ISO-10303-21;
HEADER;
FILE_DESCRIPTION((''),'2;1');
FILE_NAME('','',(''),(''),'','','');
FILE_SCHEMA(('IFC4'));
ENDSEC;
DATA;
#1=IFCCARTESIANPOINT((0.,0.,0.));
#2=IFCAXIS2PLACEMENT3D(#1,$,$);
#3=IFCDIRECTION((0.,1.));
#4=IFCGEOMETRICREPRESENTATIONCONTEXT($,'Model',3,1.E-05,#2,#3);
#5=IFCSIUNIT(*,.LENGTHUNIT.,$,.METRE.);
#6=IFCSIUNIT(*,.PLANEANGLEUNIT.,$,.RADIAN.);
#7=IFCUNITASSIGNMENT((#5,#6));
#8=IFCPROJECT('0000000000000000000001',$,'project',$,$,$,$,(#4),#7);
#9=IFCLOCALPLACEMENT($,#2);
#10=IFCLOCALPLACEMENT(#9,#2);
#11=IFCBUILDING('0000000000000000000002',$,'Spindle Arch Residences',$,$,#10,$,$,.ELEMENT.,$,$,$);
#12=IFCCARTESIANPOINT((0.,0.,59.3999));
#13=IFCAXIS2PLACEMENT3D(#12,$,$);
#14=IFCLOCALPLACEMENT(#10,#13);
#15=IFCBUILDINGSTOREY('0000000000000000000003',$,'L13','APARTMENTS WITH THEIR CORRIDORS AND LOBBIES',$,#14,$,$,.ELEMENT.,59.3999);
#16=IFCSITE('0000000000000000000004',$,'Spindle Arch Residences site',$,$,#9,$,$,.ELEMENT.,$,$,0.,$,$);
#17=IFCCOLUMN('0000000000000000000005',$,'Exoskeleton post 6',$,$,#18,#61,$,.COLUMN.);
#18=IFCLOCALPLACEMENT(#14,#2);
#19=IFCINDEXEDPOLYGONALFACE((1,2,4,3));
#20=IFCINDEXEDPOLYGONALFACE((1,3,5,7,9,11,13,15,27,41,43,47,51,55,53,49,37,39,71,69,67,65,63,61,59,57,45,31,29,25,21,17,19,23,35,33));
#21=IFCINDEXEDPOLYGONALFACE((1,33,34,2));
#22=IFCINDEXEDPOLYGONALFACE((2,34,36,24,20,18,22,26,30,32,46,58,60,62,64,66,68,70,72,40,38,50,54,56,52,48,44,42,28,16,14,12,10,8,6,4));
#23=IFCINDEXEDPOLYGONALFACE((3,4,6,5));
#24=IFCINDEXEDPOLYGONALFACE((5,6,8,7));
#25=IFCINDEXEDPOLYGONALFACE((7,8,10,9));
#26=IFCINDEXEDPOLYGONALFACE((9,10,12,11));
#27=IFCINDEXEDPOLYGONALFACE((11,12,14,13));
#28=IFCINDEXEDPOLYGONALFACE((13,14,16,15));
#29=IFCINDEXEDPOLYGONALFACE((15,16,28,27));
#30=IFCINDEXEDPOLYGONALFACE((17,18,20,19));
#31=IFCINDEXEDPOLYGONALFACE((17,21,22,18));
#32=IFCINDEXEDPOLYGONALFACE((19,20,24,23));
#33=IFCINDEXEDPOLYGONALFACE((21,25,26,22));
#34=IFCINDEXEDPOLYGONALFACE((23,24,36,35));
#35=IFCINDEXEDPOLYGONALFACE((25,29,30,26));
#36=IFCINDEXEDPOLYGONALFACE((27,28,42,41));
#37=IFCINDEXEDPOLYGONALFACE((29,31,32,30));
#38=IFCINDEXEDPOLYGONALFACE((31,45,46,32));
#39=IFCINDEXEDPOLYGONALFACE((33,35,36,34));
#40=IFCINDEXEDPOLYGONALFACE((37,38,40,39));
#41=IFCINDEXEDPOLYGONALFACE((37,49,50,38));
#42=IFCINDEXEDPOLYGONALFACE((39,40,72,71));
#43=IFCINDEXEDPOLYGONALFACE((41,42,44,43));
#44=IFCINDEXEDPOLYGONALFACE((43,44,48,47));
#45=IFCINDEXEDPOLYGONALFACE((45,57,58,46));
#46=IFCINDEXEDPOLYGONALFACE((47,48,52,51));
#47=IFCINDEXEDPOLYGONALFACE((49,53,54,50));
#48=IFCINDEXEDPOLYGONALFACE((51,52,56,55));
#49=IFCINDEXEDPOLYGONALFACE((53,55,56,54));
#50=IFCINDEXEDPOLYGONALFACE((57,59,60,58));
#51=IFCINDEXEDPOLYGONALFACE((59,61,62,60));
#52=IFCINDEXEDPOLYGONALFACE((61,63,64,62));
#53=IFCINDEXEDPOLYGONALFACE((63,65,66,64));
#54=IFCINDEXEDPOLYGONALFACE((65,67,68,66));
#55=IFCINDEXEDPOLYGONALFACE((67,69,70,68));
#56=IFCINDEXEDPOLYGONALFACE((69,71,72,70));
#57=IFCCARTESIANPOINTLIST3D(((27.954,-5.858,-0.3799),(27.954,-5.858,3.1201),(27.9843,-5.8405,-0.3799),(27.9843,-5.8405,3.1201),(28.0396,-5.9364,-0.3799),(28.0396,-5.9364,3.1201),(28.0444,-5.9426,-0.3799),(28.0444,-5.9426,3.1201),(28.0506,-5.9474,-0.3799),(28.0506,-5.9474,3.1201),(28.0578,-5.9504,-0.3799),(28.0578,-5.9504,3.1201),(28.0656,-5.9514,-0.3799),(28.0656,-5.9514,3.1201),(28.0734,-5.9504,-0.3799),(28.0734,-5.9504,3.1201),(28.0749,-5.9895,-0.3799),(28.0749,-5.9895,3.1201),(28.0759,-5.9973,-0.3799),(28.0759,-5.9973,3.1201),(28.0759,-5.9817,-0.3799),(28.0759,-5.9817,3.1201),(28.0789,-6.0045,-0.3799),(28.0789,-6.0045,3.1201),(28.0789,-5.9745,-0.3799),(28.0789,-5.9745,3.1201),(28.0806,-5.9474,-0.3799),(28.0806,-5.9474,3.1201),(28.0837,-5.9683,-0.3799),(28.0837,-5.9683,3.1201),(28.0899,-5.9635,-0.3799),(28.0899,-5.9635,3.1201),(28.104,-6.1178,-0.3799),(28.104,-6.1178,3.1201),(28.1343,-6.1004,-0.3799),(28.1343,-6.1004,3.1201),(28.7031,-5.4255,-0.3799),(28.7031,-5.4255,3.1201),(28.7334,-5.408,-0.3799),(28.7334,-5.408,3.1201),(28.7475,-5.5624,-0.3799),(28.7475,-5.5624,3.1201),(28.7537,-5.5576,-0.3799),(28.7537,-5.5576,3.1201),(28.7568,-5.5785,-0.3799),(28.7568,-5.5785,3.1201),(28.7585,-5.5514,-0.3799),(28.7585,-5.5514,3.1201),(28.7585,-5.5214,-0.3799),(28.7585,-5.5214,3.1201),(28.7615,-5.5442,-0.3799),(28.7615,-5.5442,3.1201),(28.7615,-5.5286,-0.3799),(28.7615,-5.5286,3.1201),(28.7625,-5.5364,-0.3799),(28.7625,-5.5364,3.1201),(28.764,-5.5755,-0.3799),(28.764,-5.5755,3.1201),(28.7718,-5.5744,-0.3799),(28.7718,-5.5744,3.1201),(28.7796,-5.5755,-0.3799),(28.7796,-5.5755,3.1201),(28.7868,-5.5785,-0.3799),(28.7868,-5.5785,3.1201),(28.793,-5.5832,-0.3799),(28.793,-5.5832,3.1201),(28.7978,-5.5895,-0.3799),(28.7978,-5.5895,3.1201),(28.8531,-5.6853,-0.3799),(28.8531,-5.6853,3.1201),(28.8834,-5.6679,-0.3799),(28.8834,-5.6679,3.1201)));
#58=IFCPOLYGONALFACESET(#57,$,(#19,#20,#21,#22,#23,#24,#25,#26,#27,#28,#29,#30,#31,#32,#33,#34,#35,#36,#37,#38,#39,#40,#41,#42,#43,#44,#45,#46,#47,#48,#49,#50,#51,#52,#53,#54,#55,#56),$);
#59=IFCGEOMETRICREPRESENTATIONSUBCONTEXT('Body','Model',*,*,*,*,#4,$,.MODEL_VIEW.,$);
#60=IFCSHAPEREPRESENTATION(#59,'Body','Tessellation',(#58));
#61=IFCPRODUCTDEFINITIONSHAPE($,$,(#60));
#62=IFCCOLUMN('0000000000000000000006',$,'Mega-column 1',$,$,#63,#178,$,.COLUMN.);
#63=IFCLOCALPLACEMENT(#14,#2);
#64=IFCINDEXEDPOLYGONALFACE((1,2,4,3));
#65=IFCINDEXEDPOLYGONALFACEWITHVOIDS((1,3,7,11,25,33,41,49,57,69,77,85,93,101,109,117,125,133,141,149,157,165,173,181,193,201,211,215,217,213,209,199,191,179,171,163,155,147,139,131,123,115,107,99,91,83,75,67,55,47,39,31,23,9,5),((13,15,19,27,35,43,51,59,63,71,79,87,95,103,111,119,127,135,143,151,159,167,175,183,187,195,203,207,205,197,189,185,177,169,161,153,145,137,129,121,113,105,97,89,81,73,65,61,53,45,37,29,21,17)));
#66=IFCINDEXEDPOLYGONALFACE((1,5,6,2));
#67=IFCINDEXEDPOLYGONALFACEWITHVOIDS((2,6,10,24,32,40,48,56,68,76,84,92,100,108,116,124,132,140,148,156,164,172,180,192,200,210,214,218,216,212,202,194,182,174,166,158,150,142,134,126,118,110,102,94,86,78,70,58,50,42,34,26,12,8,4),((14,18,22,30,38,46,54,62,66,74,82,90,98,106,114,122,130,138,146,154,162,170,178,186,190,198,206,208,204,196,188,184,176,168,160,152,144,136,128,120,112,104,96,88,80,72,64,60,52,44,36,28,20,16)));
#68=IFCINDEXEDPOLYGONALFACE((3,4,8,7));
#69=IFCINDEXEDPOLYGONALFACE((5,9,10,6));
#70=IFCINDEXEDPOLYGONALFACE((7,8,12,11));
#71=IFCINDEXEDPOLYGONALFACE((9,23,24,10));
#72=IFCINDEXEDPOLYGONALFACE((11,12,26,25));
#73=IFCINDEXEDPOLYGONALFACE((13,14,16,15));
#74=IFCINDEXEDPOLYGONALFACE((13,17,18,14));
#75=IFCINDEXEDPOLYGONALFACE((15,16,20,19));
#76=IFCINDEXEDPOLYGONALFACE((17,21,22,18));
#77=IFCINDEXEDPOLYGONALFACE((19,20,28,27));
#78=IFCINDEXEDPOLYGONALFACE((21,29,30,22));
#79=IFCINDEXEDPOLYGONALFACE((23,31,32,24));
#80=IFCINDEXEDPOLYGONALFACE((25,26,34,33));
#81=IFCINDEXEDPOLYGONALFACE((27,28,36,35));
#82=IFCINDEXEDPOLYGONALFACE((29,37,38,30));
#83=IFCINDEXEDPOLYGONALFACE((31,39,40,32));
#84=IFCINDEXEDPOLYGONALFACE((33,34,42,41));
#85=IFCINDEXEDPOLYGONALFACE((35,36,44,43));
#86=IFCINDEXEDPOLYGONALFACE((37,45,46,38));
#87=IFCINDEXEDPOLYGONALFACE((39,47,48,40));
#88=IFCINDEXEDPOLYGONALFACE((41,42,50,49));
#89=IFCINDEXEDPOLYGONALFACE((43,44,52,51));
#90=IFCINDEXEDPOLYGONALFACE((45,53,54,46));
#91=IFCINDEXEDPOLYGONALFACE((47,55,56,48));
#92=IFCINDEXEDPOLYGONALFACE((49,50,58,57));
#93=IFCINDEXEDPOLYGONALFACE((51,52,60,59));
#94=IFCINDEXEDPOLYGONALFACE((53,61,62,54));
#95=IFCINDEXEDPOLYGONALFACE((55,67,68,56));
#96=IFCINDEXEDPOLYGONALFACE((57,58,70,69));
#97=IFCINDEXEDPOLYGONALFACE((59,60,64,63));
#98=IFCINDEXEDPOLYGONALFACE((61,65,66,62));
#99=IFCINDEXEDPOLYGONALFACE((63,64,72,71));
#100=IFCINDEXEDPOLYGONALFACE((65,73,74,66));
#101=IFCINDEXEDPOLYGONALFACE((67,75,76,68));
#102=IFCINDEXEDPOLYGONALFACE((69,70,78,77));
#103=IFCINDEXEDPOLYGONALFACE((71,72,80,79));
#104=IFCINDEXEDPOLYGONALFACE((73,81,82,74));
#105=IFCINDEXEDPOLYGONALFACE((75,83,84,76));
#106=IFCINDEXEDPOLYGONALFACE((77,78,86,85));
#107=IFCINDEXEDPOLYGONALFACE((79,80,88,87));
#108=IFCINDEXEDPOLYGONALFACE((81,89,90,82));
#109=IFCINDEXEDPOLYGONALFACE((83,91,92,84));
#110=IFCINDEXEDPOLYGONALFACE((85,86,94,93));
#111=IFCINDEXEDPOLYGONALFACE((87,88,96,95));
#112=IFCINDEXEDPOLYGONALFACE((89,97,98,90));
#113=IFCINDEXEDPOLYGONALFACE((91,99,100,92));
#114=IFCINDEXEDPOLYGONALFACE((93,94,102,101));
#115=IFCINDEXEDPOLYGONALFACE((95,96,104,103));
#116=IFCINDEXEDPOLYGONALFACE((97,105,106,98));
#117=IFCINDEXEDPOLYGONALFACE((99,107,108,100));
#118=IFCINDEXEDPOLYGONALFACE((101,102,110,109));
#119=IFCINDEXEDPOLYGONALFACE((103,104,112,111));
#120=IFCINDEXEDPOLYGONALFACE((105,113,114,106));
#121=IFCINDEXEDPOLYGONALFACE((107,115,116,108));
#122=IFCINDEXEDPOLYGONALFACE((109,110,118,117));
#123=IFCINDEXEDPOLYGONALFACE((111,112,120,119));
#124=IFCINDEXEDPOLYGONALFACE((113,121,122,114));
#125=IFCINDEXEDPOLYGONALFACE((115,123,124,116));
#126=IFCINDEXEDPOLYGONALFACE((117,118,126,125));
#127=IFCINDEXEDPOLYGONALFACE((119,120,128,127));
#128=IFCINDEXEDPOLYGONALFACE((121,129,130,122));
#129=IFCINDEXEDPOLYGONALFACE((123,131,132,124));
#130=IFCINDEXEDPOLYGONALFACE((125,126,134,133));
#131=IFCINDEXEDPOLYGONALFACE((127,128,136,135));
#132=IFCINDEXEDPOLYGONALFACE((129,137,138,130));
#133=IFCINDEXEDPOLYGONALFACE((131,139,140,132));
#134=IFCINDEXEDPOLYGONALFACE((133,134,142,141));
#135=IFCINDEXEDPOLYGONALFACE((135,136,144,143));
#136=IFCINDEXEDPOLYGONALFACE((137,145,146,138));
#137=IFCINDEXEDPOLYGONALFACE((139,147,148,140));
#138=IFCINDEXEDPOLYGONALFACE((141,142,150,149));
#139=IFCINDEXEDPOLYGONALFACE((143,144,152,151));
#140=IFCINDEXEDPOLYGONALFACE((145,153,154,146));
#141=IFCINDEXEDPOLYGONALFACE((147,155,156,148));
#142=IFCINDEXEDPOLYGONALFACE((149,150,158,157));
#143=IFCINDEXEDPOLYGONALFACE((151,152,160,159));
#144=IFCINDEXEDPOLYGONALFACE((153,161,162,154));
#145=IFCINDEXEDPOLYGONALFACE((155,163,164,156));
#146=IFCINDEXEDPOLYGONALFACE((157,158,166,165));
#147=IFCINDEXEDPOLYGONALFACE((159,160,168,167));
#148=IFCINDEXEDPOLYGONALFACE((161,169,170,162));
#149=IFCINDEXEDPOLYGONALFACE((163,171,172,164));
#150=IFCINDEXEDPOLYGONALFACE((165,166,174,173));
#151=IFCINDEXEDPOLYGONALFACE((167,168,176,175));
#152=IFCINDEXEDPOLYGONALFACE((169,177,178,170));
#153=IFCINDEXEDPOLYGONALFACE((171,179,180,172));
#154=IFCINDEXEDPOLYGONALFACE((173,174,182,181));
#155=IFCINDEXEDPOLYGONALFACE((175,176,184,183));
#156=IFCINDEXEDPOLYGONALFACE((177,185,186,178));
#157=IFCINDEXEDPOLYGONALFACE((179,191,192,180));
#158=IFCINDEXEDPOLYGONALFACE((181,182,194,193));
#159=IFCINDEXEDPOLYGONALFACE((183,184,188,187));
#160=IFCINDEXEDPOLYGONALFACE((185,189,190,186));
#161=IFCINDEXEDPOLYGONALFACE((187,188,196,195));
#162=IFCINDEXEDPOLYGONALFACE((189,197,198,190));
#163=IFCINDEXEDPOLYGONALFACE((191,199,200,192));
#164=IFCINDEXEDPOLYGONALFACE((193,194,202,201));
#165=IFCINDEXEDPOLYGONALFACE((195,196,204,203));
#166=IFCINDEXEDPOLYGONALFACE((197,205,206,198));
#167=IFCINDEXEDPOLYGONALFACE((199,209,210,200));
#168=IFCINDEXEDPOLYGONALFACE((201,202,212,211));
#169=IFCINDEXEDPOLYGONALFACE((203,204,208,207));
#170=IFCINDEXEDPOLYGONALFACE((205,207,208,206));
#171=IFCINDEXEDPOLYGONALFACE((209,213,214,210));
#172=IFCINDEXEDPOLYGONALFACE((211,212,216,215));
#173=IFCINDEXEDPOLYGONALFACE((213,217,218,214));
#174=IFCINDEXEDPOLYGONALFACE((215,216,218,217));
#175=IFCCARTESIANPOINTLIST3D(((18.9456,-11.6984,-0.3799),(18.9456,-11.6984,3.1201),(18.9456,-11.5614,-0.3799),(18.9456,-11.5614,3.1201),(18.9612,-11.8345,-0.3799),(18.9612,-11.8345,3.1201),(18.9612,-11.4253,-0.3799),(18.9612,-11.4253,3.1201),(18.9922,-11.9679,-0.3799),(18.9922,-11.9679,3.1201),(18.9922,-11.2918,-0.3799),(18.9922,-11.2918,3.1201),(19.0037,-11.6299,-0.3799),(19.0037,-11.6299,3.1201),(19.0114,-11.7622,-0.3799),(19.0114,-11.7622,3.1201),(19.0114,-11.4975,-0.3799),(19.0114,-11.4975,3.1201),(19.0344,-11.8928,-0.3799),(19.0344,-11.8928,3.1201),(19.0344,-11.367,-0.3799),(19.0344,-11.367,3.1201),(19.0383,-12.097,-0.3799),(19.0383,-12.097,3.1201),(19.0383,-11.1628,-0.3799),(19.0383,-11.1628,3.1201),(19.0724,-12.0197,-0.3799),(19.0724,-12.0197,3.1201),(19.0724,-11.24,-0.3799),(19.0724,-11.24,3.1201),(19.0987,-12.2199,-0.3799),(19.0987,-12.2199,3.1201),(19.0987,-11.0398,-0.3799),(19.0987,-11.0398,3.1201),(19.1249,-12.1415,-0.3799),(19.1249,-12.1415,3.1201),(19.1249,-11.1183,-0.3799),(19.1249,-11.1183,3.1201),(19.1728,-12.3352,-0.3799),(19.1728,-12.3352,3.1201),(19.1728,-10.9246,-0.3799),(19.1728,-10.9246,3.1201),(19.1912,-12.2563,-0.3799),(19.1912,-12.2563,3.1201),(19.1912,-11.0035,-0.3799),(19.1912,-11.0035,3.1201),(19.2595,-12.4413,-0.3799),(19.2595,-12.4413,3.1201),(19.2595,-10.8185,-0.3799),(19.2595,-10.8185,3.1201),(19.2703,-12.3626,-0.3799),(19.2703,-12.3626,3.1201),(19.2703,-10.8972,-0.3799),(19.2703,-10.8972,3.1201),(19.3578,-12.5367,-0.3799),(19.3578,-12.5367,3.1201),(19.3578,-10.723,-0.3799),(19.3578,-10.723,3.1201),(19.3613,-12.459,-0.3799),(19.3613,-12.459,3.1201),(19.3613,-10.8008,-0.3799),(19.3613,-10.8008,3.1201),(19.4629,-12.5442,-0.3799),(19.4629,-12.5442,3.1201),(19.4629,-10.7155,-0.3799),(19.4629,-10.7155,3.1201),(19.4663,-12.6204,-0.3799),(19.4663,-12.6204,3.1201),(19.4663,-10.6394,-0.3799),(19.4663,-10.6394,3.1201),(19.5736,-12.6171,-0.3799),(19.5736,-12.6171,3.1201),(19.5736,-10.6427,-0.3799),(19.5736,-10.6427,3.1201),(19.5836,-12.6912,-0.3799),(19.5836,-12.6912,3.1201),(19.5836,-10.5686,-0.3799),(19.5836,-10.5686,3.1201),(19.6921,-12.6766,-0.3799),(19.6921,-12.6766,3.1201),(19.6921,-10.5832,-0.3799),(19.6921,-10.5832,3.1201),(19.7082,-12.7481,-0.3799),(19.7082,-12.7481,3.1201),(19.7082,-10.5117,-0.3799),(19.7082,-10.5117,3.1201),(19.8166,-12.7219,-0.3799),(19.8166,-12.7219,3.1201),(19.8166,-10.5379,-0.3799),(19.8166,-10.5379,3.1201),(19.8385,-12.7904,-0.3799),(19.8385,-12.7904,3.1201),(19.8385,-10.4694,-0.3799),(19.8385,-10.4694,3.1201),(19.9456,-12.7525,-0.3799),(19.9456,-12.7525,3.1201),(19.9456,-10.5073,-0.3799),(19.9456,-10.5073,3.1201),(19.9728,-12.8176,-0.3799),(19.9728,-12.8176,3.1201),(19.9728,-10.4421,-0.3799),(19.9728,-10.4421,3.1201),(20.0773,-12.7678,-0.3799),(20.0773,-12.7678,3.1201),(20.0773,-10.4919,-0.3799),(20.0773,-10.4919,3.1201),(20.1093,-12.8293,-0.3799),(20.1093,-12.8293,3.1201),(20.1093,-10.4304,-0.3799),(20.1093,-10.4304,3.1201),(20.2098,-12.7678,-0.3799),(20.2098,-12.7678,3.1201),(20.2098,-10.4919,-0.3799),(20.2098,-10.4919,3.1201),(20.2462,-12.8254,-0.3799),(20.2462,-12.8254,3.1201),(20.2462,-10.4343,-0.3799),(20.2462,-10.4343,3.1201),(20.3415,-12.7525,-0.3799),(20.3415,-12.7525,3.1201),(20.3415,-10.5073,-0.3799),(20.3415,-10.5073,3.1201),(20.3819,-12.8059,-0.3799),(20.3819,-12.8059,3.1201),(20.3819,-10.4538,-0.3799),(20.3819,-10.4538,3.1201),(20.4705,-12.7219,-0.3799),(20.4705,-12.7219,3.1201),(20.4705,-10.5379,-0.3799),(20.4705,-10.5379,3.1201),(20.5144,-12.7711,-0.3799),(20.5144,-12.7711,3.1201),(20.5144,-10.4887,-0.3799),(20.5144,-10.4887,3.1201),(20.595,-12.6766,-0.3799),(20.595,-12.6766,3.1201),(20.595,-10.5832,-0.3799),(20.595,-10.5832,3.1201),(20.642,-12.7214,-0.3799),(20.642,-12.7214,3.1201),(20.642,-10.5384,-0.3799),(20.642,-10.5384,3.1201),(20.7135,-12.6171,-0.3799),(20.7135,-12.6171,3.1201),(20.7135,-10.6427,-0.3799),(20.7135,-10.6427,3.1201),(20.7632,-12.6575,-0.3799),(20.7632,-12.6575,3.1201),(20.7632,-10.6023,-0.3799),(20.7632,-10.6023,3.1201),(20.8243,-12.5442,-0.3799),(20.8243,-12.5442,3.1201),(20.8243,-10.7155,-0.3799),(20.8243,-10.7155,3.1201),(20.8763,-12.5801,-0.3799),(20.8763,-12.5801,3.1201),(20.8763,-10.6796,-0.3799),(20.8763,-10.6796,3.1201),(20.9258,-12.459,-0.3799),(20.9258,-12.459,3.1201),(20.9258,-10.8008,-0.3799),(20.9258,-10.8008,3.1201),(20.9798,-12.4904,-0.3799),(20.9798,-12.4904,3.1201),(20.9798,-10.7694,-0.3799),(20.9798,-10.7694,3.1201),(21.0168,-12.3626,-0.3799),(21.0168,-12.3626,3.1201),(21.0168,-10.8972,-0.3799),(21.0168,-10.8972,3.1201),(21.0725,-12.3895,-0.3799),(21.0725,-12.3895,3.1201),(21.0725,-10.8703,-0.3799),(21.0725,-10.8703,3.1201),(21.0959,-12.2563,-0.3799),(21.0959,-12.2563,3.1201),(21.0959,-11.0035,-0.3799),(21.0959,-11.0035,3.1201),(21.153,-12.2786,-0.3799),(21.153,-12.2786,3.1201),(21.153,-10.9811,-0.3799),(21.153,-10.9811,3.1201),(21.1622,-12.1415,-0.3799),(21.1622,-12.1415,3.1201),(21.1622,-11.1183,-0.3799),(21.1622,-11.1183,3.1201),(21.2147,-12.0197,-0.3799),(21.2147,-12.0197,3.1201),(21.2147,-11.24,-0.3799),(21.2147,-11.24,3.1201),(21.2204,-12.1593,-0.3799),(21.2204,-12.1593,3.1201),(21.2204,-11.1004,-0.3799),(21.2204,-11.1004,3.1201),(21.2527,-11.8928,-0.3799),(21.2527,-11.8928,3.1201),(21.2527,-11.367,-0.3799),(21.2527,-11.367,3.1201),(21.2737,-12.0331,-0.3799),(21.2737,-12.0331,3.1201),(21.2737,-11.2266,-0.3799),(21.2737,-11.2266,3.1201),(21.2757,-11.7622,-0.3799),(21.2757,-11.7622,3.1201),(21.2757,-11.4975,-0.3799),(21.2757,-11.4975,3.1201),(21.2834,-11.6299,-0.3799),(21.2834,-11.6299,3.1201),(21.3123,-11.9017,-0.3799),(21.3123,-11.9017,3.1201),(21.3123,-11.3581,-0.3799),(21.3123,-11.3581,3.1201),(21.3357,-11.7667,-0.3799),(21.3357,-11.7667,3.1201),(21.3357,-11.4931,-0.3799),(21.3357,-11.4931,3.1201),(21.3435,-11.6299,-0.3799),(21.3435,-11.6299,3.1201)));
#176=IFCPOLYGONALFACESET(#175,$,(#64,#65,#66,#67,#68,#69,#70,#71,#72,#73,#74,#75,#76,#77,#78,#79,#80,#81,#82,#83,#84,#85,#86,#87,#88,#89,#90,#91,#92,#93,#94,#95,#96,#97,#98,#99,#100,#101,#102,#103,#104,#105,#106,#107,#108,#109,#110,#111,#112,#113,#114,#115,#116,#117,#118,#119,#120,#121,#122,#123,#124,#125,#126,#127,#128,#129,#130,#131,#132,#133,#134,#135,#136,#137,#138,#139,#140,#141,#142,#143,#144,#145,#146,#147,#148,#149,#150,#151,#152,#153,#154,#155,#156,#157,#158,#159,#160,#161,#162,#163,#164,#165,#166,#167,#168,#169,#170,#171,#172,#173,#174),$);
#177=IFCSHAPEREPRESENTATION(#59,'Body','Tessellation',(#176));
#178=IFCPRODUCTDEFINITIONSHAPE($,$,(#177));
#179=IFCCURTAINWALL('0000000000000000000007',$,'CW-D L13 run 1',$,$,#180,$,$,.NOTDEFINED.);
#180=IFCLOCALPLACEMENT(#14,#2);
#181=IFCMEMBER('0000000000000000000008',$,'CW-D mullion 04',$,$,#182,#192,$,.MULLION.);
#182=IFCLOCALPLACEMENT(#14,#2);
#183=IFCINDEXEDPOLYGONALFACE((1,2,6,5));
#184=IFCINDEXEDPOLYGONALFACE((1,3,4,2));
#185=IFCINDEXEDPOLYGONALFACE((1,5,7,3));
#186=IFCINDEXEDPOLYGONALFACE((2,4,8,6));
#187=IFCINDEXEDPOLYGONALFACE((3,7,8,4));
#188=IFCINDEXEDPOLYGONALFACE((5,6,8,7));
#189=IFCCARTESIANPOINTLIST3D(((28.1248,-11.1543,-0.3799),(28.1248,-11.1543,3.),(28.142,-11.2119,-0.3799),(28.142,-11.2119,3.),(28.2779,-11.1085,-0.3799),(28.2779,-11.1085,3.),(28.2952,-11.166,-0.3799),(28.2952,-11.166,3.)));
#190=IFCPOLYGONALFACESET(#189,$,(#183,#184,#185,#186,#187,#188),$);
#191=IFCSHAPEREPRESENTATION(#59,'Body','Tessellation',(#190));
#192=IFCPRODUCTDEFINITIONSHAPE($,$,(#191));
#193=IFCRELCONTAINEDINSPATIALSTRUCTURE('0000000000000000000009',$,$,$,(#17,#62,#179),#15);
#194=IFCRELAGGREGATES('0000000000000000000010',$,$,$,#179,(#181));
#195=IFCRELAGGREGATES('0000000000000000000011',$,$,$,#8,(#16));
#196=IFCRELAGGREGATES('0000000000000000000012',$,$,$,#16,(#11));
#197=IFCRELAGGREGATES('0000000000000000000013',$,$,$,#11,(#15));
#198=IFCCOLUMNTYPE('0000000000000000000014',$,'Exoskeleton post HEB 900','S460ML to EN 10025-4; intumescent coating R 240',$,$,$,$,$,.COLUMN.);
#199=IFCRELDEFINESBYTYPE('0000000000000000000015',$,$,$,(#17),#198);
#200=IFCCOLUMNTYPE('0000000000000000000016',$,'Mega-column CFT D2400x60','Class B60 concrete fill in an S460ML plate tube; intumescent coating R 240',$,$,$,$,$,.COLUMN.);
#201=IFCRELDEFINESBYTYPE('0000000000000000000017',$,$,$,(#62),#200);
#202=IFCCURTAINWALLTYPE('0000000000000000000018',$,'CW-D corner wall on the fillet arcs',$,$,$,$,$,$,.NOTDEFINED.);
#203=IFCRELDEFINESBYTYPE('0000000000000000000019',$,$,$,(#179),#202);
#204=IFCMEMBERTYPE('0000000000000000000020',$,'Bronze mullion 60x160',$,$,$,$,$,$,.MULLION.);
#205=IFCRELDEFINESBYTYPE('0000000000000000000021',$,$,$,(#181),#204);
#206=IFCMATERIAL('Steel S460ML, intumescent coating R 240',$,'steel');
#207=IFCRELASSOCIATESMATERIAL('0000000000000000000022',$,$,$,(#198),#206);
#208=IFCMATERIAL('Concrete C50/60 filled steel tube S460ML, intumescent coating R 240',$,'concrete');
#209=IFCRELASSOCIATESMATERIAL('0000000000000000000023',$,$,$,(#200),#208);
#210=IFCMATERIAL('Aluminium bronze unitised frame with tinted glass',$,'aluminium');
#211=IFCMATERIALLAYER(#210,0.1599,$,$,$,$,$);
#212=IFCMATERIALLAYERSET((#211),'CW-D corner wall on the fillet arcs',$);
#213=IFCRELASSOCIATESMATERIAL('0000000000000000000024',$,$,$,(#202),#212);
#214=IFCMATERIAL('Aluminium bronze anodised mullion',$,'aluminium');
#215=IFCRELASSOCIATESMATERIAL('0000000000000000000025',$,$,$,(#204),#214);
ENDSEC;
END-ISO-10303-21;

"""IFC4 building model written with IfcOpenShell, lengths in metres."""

from ifc_helpers import new_model, si_unit, direction, frame, origin, origin_2d, place, context, subcontext, project, spatial, rectangle, hollow_circle, i_section, extrude, material, layer, layer_set, material_profile, profile_set, type_object, element, aggregate, save


model = new_model("IFC4")

# Units and contexts
model_context = context("Model", 3, precision=1e-05, world=origin(), true_north=direction((0.0, 1.0)))
body_context = subcontext(model_context, "Body", "Model", "MODEL_VIEW")
ifc_project = project(units=[si_unit("LENGTHUNIT", "METRE"), si_unit("PLANEANGLEUNIT", "RADIAN")], contexts=[model_context])

# Site, building, storey
site_placement = place(None, origin())
site = spatial("IfcSite", under=ifc_project, at=site_placement, Name="Spindle Arch Residences site", CompositionType="ELEMENT", RefElevation=0.0)
building_placement = place(site_placement, origin())
building = spatial("IfcBuilding", under=site, at=building_placement, Name="Spindle Arch Residences", CompositionType="ELEMENT")
storey_placement = place(building_placement, frame((0.0, 0.0, 59.3999)))
storey = spatial("IfcBuildingStorey", under=building, at=storey_placement, Name="L13", Description="APARTMENTS WITH THEIR CORRIDORS AND LOBBIES", CompositionType="ELEMENT", Elevation=59.3999)

# Columns
ifc_material_1 = material(Name="Steel S460ML, intumescent coating R 240", Category="steel")
ifc_material_profile_1 = material_profile(ifc_material_1, i_section(OverallWidth=0.3, OverallDepth=0.8999, WebThickness=0.0186, FlangeThickness=0.0349, FilletRadius=0.03, at=origin_2d()), Name="HEB 900")
ifc_profile_set_1 = profile_set([ifc_material_profile_1], Name="Steel S460ML, intumescent coating R 240")
column_type_1 = type_object("IfcColumnType", Name="Exoskeleton post HEB 900", Description="S460ML to EN 10025-4; intumescent coating R 240", PredefinedType="COLUMN", material=ifc_profile_set_1)
column_1_placement = place(storey_placement, frame((28.4187, -5.7629, -0.3799), z_axis=(0.0, 0.0, 1.0), x_axis=(0.5, -0.866025, 0.0)))
element("IfcColumn", 1, at=column_1_placement, inside=storey, type_object=column_type_1, Name="Exoskeleton post 6", PredefinedType="COLUMN", context=body_context, shape_type="SweptSolid", body=[
    extrude(i_section(OverallWidth=0.3, OverallDepth=0.8999, WebThickness=0.0186, FlangeThickness=0.0349, FilletRadius=0.03, at=origin_2d()), origin(), (0.0, 0.0, 1.0), 3.5),
])
ifc_material_2 = material(Name="Concrete C50/60 filled steel tube S460ML, intumescent coating R 240", Category="concrete")
ifc_material_profile_2 = material_profile(ifc_material_2, hollow_circle(Radius=1.2, WallThickness=0.0601, at=origin_2d()), Name="CFT D2400x60")
ifc_profile_set_2 = profile_set([ifc_material_profile_2], Name="Concrete C50/60 filled steel tube S460ML, intumescent coating R 240")
column_type_2 = type_object("IfcColumnType", Name="Mega-column CFT D2400x60", Description="Class B60 concrete fill in an S460ML plate tube; intumescent coating R 240", PredefinedType="COLUMN", material=ifc_profile_set_2)
column_2_placement = place(storey_placement, frame((20.1436, -11.6299, -0.3799), z_axis=(0.0, 0.0, 1.0), x_axis=(1.0, 0.0, 0.0)))
element("IfcColumn", 2, at=column_2_placement, inside=storey, type_object=column_type_2, Name="Mega-column 1", PredefinedType="COLUMN", context=body_context, shape_type="SweptSolid", body=[
    extrude(hollow_circle(Radius=1.2, WallThickness=0.0601, at=origin_2d()), origin(), (0.0, 0.0, 1.0), 3.5),
])

# Curtain wall, member
ifc_material_3 = material(Name="Aluminium bronze unitised frame with tinted glass", Category="aluminium")
ifc_layer_1 = layer(ifc_material_3, 0.1599)
ifc_layer_set_1 = layer_set([ifc_layer_1], Name="CW-D corner wall on the fillet arcs")
curtain_wall_type_1 = type_object("IfcCurtainWallType", Name="CW-D corner wall on the fillet arcs", PredefinedType="NOTDEFINED", material=ifc_layer_set_1)
curtain_wall_1_placement = place(storey_placement, origin())
curtain_wall_1 = element("IfcCurtainWall", 3, at=curtain_wall_1_placement, inside=storey, type_object=curtain_wall_type_1, Name="CW-D L13 run 1", PredefinedType="NOTDEFINED")
ifc_material_4 = material(Name="Aluminium bronze anodised mullion", Category="aluminium")
ifc_material_profile_3 = material_profile(ifc_material_4, rectangle(XDim=0.1599, YDim=0.0601, at=origin_2d()), Name="MU 60x160")
ifc_profile_set_3 = profile_set([ifc_material_profile_3], Name="Aluminium bronze anodised mullion")
member_type_1 = type_object("IfcMemberType", Name="Bronze mullion 60x160", PredefinedType="MULLION", material=ifc_profile_set_3)
member_1_placement = place(storey_placement, frame((28.21, -11.1602, -0.3799), z_axis=(0.0, 0.0, 1.0), x_axis=(-0.95799, -0.286803, 0.0)))
member_1 = element("IfcMember", 4, at=member_1_placement, type_object=member_type_1, Name="CW-D mullion 04", PredefinedType="MULLION", context=body_context, shape_type="SweptSolid", body=[
    extrude(rectangle(XDim=0.1599, YDim=0.0601, at=origin_2d()), origin(), (0.0, 0.0, 1.0), 3.3799),
])

aggregate(curtain_wall_1, [member_1])

save(model, "model.ifc")
